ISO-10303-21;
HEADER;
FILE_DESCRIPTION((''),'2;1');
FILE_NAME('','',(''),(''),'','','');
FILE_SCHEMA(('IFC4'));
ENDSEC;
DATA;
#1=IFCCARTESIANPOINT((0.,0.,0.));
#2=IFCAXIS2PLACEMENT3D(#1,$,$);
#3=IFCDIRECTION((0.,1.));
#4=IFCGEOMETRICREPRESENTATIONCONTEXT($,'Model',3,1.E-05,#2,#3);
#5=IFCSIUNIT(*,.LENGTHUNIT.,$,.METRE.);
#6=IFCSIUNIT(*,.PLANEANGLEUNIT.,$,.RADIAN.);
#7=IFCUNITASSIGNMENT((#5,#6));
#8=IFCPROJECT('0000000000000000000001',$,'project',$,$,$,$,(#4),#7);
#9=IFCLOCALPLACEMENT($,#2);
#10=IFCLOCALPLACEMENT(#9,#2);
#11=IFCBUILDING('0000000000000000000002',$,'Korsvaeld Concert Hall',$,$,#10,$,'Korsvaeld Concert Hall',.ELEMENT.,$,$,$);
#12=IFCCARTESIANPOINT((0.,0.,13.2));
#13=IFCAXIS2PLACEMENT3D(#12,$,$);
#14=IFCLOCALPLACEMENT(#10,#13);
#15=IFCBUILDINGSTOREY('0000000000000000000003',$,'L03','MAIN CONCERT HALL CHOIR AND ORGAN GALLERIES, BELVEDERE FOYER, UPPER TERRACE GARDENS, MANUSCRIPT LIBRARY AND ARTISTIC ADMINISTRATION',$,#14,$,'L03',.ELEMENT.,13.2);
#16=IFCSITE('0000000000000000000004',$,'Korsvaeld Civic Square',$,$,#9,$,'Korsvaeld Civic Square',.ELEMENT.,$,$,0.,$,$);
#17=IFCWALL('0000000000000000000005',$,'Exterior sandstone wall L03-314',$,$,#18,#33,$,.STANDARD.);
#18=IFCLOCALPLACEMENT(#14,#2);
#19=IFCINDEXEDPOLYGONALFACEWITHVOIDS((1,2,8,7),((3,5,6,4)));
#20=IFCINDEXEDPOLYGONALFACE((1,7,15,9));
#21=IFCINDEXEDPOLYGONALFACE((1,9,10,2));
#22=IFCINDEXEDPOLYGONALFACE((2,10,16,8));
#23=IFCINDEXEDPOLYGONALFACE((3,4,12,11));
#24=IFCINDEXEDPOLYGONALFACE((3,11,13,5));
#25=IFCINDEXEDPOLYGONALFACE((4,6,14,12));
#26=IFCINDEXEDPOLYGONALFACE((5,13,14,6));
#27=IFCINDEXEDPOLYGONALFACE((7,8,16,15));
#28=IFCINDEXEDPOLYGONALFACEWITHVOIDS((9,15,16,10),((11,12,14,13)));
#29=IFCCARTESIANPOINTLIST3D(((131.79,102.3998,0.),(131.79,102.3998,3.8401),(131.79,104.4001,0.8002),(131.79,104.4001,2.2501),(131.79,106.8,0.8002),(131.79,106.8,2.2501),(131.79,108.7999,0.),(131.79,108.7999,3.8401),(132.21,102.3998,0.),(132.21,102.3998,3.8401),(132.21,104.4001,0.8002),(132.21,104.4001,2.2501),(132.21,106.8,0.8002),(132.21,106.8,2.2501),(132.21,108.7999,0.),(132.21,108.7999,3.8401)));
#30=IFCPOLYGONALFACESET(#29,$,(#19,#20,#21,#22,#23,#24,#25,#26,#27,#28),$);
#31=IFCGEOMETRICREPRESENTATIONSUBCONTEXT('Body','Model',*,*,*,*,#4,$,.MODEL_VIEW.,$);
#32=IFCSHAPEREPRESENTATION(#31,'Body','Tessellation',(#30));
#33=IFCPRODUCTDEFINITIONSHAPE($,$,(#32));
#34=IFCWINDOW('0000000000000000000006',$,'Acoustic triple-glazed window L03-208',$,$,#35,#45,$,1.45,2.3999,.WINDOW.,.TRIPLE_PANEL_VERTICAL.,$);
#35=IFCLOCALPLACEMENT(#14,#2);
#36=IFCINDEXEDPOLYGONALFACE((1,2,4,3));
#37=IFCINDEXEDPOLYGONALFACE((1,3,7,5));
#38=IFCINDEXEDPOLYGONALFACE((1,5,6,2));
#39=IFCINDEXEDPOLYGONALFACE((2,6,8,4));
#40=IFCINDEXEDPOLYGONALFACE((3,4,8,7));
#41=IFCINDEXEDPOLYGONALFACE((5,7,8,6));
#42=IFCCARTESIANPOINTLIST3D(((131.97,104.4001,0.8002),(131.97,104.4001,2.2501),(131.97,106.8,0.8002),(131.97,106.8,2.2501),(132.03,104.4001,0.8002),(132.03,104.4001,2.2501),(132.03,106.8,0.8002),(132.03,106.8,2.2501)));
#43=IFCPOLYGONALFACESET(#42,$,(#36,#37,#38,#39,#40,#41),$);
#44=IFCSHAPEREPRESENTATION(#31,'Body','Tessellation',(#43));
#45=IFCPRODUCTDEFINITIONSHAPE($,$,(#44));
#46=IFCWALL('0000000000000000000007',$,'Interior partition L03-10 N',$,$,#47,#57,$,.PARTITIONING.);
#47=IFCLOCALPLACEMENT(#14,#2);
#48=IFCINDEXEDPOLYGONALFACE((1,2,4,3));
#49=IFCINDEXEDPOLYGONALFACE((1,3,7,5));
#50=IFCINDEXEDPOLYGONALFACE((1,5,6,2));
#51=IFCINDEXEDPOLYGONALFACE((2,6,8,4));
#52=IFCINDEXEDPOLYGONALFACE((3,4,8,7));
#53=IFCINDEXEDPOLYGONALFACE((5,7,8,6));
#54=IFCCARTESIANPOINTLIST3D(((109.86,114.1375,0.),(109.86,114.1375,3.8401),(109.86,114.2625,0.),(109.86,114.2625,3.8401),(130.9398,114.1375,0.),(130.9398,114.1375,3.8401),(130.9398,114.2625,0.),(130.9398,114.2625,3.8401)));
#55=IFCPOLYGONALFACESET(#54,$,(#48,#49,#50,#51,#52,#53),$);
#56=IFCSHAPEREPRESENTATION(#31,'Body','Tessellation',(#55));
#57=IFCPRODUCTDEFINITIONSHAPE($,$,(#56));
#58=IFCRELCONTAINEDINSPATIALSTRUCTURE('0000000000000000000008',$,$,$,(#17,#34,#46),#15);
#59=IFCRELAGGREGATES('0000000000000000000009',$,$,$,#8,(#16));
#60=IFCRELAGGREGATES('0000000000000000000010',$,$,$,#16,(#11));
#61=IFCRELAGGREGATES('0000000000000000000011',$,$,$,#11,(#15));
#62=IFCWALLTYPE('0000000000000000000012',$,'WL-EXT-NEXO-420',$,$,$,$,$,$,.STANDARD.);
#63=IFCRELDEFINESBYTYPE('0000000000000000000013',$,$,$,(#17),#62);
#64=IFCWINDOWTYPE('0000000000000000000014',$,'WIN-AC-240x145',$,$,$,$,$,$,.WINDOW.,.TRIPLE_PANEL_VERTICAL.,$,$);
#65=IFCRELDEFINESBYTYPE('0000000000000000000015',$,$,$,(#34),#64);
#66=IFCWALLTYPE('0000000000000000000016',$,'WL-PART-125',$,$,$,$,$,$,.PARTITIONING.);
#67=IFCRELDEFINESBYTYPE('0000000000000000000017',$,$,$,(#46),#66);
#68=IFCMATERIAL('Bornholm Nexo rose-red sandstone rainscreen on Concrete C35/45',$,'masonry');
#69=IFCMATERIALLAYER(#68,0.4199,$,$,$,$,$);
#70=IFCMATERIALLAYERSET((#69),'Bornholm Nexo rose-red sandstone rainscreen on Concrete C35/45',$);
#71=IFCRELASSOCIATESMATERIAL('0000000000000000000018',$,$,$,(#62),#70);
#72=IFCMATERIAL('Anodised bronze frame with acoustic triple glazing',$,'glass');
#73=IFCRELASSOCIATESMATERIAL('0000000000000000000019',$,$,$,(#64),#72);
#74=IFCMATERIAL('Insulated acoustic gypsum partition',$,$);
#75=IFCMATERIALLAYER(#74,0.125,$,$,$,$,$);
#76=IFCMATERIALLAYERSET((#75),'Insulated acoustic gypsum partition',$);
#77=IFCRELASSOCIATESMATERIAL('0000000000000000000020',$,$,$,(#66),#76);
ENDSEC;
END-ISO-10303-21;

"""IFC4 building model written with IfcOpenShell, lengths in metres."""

from ifc_helpers import new_model, si_unit, direction, frame, frame_2d, origin, place, context, subcontext, project, spatial, rectangle, extrude, material, layer, layer_set, type_object, element, fill, save


model = new_model("IFC4")

# Units and contexts
model_context = context("Model", 3, precision=1e-05, world=origin(), true_north=direction((0.0, 1.0)))
body_context = subcontext(model_context, "Body", "Model", "MODEL_VIEW")
ifc_project = project(units=[si_unit("LENGTHUNIT", "METRE"), si_unit("PLANEANGLEUNIT", "RADIAN")], contexts=[model_context])

# Site, building, storey
site_placement = place(None, origin())
site = spatial("IfcSite", under=ifc_project, at=site_placement, Name="Korsvaeld Civic Square", LongName="Korsvaeld Civic Square", CompositionType="ELEMENT", RefElevation=0.0)
building_placement = place(site_placement, origin())
building = spatial("IfcBuilding", under=site, at=building_placement, Name="Korsvaeld Concert Hall", LongName="Korsvaeld Concert Hall", CompositionType="ELEMENT")
storey_placement = place(building_placement, frame((0.0, 0.0, 13.2)))
storey = spatial("IfcBuildingStorey", under=building, at=storey_placement, Name="L03", Description="MAIN CONCERT HALL CHOIR AND ORGAN GALLERIES, BELVEDERE FOYER, UPPER TERRACE GARDENS, MANUSCRIPT LIBRARY AND ARTISTIC ADMINISTRATION", LongName="L03", CompositionType="ELEMENT", Elevation=13.2)

# Shared definitions
ifc_material_1 = material(Name="Anodised bronze frame with acoustic triple glazing", Category="glass")

# Wall, opening, window
ifc_material_2 = material(Name="Bornholm Nexo rose-red sandstone rainscreen on Concrete C35/45", Category="masonry")
ifc_layer_1 = layer(ifc_material_2, 0.4199)
ifc_layer_set_1 = layer_set([ifc_layer_1], Name="Bornholm Nexo rose-red sandstone rainscreen on Concrete C35/45")
wall_type_1 = type_object("IfcWallType", Name="WL-EXT-NEXO-420", PredefinedType="STANDARD", material=ifc_layer_set_1)
wall_1_placement = place(storey_placement, frame((132.0, 108.8, 0.0), z_axis=(0.0, 0.0, 1.0), x_axis=(0.0, -1.0, 0.0)))
wall_1 = element("IfcWall", 1, at=wall_1_placement, inside=storey, type_object=wall_type_1, Name="Exterior sandstone wall L03-314", PredefinedType="STANDARD", context=body_context, shape_type="SweptSolid", body=[
    extrude(rectangle(XDim=6.4001, YDim=0.4199, at=frame_2d((3.2002, 0.0))), origin(), (0.0, 0.0, 1.0), 3.8401),
])
opening_1_placement = place(wall_1_placement, frame((2.0, 0.0, 0.8)))
opening_1 = element("IfcOpeningElement", 2, at=opening_1_placement, cuts=wall_1, PredefinedType="OPENING", context=body_context, shape_type="SweptSolid", body=[
    extrude(rectangle(XDim=2.3999, YDim=1.45, at=frame_2d((1.2, 0.7251))), frame((0.0, 0.22, 0.0), z_axis=(0.0, -1.0, 0.0), x_axis=(1.0, 0.0, 0.0)), (0.0, 0.0, 1.0), 0.4399),
])
window_type_1 = type_object("IfcWindowType", Name="WIN-AC-240x145", PartitioningType="TRIPLE_PANEL_VERTICAL", PredefinedType="WINDOW", material=ifc_material_1)
window_1_placement = place(opening_1_placement, origin())
window_1 = element("IfcWindow", 3, at=window_1_placement, inside=storey, type_object=window_type_1, Name="Acoustic triple-glazed window L03-208", OverallHeight=1.45, OverallWidth=2.3999, PartitioningType="TRIPLE_PANEL_VERTICAL", PredefinedType="WINDOW", context=body_context, shape_type="SweptSolid", body=[
    extrude(rectangle(XDim=2.3999, YDim=1.45, at=frame_2d((1.2, 0.7251))), frame((0.0, 0.03, 0.0), z_axis=(0.0, -1.0, 0.0), x_axis=(1.0, 0.0, 0.0)), (0.0, 0.0, 1.0), 0.0601),
])
fill(opening_1, window_1)

# Wall
ifc_material_3 = material(Name="Insulated acoustic gypsum partition")
ifc_layer_2 = layer(ifc_material_3, 0.125)
ifc_layer_set_2 = layer_set([ifc_layer_2], Name="Insulated acoustic gypsum partition")
wall_type_2 = type_object("IfcWallType", Name="WL-PART-125", PredefinedType="PARTITIONING", material=ifc_layer_set_2)
wall_2_placement = place(storey_placement, frame((130.9399, 114.2, 0.0), z_axis=(0.0, 0.0, 1.0), x_axis=(-1.0, 0.0, 0.0)))
element("IfcWall", 4, at=wall_2_placement, inside=storey, type_object=wall_type_2, Name="Interior partition L03-10 N", PredefinedType="PARTITIONING", context=body_context, shape_type="SweptSolid", body=[
    extrude(rectangle(XDim=21.0798, YDim=0.125, at=frame_2d((10.54, 0.0))), origin(), (0.0, 0.0, 1.0), 3.8401),
])

save(model, "model.ifc")
